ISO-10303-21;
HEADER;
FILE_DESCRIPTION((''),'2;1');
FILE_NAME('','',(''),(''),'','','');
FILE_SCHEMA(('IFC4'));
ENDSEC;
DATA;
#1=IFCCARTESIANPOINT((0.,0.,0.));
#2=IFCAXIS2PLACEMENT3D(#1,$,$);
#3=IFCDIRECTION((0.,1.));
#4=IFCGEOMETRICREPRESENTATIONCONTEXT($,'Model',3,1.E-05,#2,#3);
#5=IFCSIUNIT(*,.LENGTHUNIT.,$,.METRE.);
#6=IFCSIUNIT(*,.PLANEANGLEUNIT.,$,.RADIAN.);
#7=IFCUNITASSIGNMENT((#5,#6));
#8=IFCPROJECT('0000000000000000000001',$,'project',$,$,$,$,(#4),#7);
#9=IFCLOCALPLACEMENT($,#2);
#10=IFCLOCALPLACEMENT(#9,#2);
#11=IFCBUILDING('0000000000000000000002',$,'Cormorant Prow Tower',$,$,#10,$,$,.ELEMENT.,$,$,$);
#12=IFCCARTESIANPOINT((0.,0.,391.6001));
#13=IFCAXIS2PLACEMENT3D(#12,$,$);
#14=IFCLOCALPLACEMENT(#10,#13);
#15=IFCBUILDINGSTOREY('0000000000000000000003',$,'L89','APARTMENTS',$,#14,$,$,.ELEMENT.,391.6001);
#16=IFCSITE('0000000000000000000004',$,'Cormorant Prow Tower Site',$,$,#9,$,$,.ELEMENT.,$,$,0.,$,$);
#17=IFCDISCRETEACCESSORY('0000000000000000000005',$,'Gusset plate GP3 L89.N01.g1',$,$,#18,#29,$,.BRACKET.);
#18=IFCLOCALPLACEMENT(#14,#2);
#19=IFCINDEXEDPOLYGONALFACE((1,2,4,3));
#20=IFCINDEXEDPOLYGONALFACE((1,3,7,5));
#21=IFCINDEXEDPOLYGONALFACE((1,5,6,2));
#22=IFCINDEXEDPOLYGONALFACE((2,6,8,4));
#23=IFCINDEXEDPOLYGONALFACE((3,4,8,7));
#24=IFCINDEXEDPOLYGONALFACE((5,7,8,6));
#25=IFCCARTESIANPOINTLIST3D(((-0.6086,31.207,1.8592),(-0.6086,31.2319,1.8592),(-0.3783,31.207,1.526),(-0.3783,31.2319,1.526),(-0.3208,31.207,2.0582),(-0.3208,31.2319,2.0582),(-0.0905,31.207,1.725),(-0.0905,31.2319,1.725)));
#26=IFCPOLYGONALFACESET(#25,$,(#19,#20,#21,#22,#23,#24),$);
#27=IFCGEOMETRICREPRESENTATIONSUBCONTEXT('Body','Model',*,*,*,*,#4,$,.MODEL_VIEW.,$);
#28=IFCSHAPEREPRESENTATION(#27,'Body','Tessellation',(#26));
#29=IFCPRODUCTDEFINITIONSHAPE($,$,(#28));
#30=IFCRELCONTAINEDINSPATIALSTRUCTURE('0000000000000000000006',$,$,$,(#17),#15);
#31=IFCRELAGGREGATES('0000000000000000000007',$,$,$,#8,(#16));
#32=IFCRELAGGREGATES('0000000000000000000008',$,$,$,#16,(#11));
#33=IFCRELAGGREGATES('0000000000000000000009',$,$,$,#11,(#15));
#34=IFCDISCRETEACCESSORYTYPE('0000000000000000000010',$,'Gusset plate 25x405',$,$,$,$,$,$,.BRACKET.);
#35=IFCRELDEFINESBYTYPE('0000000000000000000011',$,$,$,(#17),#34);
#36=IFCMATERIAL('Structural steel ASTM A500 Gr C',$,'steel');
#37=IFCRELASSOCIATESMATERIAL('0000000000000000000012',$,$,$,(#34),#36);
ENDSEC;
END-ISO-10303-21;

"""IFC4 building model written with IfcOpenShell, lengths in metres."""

from ifc_helpers import new_model, si_unit, direction, frame, origin, origin_2d, place, context, subcontext, project, spatial, rectangle, extrude, material, material_profile, profile_set, type_object, element, save


model = new_model("IFC4")

# Units and contexts
model_context = context("Model", 3, precision=1e-05, world=origin(), true_north=direction((0.0, 1.0)))
body_context = subcontext(model_context, "Body", "Model", "MODEL_VIEW")
ifc_project = project(units=[si_unit("LENGTHUNIT", "METRE"), si_unit("PLANEANGLEUNIT", "RADIAN")], contexts=[model_context])

# Site, building, storey
site_placement = place(None, origin())
site = spatial("IfcSite", under=ifc_project, at=site_placement, Name="Cormorant Prow Tower Site", CompositionType="ELEMENT", RefElevation=0.0)
building_placement = place(site_placement, origin())
building = spatial("IfcBuilding", under=site, at=building_placement, Name="Cormorant Prow Tower", CompositionType="ELEMENT")
storey_placement = place(building_placement, frame((0.0, 0.0, 391.6001)))
storey = spatial("IfcBuildingStorey", under=building, at=storey_placement, Name="L89", Description="APARTMENTS", CompositionType="ELEMENT", Elevation=391.6001)

# Discrete accessory
ifc_material_1 = material(Name="Structural steel ASTM A500 Gr C", Category="steel")
ifc_material_profile_1 = material_profile(ifc_material_1, rectangle(XDim=0.0249, YDim=0.405, at=origin_2d()), Name="Gusset plate 25x405")
ifc_profile_set_1 = profile_set([ifc_material_profile_1], Name="Structural steel ASTM A500 Gr C")
discrete_accessory_type = type_object("IfcDiscreteAccessoryType", Name="Gusset plate 25x405", PredefinedType="BRACKET", material=ifc_profile_set_1)
for number, where, z_axis, x_axis, name in (
    (1, (-0.4934, 31.2195, 1.6926), (0.822594, 0.0, 0.568629), (0.0, 1.0, 0.0), "Gusset plate GP3 L89.N01.g1"),
):
    element("IfcDiscreteAccessory", number, at=place(storey_placement, frame(where, z_axis=z_axis, x_axis=x_axis)), inside=storey, type_object=discrete_accessory_type, Name=name, PredefinedType="BRACKET", context=body_context, shape_type="SweptSolid", body=[
        extrude(rectangle(XDim=0.0249, YDim=0.405, at=origin_2d()), origin(), (0.0, 0.0, 1.0), 0.3499),
    ])

save(model, "model.ifc")
